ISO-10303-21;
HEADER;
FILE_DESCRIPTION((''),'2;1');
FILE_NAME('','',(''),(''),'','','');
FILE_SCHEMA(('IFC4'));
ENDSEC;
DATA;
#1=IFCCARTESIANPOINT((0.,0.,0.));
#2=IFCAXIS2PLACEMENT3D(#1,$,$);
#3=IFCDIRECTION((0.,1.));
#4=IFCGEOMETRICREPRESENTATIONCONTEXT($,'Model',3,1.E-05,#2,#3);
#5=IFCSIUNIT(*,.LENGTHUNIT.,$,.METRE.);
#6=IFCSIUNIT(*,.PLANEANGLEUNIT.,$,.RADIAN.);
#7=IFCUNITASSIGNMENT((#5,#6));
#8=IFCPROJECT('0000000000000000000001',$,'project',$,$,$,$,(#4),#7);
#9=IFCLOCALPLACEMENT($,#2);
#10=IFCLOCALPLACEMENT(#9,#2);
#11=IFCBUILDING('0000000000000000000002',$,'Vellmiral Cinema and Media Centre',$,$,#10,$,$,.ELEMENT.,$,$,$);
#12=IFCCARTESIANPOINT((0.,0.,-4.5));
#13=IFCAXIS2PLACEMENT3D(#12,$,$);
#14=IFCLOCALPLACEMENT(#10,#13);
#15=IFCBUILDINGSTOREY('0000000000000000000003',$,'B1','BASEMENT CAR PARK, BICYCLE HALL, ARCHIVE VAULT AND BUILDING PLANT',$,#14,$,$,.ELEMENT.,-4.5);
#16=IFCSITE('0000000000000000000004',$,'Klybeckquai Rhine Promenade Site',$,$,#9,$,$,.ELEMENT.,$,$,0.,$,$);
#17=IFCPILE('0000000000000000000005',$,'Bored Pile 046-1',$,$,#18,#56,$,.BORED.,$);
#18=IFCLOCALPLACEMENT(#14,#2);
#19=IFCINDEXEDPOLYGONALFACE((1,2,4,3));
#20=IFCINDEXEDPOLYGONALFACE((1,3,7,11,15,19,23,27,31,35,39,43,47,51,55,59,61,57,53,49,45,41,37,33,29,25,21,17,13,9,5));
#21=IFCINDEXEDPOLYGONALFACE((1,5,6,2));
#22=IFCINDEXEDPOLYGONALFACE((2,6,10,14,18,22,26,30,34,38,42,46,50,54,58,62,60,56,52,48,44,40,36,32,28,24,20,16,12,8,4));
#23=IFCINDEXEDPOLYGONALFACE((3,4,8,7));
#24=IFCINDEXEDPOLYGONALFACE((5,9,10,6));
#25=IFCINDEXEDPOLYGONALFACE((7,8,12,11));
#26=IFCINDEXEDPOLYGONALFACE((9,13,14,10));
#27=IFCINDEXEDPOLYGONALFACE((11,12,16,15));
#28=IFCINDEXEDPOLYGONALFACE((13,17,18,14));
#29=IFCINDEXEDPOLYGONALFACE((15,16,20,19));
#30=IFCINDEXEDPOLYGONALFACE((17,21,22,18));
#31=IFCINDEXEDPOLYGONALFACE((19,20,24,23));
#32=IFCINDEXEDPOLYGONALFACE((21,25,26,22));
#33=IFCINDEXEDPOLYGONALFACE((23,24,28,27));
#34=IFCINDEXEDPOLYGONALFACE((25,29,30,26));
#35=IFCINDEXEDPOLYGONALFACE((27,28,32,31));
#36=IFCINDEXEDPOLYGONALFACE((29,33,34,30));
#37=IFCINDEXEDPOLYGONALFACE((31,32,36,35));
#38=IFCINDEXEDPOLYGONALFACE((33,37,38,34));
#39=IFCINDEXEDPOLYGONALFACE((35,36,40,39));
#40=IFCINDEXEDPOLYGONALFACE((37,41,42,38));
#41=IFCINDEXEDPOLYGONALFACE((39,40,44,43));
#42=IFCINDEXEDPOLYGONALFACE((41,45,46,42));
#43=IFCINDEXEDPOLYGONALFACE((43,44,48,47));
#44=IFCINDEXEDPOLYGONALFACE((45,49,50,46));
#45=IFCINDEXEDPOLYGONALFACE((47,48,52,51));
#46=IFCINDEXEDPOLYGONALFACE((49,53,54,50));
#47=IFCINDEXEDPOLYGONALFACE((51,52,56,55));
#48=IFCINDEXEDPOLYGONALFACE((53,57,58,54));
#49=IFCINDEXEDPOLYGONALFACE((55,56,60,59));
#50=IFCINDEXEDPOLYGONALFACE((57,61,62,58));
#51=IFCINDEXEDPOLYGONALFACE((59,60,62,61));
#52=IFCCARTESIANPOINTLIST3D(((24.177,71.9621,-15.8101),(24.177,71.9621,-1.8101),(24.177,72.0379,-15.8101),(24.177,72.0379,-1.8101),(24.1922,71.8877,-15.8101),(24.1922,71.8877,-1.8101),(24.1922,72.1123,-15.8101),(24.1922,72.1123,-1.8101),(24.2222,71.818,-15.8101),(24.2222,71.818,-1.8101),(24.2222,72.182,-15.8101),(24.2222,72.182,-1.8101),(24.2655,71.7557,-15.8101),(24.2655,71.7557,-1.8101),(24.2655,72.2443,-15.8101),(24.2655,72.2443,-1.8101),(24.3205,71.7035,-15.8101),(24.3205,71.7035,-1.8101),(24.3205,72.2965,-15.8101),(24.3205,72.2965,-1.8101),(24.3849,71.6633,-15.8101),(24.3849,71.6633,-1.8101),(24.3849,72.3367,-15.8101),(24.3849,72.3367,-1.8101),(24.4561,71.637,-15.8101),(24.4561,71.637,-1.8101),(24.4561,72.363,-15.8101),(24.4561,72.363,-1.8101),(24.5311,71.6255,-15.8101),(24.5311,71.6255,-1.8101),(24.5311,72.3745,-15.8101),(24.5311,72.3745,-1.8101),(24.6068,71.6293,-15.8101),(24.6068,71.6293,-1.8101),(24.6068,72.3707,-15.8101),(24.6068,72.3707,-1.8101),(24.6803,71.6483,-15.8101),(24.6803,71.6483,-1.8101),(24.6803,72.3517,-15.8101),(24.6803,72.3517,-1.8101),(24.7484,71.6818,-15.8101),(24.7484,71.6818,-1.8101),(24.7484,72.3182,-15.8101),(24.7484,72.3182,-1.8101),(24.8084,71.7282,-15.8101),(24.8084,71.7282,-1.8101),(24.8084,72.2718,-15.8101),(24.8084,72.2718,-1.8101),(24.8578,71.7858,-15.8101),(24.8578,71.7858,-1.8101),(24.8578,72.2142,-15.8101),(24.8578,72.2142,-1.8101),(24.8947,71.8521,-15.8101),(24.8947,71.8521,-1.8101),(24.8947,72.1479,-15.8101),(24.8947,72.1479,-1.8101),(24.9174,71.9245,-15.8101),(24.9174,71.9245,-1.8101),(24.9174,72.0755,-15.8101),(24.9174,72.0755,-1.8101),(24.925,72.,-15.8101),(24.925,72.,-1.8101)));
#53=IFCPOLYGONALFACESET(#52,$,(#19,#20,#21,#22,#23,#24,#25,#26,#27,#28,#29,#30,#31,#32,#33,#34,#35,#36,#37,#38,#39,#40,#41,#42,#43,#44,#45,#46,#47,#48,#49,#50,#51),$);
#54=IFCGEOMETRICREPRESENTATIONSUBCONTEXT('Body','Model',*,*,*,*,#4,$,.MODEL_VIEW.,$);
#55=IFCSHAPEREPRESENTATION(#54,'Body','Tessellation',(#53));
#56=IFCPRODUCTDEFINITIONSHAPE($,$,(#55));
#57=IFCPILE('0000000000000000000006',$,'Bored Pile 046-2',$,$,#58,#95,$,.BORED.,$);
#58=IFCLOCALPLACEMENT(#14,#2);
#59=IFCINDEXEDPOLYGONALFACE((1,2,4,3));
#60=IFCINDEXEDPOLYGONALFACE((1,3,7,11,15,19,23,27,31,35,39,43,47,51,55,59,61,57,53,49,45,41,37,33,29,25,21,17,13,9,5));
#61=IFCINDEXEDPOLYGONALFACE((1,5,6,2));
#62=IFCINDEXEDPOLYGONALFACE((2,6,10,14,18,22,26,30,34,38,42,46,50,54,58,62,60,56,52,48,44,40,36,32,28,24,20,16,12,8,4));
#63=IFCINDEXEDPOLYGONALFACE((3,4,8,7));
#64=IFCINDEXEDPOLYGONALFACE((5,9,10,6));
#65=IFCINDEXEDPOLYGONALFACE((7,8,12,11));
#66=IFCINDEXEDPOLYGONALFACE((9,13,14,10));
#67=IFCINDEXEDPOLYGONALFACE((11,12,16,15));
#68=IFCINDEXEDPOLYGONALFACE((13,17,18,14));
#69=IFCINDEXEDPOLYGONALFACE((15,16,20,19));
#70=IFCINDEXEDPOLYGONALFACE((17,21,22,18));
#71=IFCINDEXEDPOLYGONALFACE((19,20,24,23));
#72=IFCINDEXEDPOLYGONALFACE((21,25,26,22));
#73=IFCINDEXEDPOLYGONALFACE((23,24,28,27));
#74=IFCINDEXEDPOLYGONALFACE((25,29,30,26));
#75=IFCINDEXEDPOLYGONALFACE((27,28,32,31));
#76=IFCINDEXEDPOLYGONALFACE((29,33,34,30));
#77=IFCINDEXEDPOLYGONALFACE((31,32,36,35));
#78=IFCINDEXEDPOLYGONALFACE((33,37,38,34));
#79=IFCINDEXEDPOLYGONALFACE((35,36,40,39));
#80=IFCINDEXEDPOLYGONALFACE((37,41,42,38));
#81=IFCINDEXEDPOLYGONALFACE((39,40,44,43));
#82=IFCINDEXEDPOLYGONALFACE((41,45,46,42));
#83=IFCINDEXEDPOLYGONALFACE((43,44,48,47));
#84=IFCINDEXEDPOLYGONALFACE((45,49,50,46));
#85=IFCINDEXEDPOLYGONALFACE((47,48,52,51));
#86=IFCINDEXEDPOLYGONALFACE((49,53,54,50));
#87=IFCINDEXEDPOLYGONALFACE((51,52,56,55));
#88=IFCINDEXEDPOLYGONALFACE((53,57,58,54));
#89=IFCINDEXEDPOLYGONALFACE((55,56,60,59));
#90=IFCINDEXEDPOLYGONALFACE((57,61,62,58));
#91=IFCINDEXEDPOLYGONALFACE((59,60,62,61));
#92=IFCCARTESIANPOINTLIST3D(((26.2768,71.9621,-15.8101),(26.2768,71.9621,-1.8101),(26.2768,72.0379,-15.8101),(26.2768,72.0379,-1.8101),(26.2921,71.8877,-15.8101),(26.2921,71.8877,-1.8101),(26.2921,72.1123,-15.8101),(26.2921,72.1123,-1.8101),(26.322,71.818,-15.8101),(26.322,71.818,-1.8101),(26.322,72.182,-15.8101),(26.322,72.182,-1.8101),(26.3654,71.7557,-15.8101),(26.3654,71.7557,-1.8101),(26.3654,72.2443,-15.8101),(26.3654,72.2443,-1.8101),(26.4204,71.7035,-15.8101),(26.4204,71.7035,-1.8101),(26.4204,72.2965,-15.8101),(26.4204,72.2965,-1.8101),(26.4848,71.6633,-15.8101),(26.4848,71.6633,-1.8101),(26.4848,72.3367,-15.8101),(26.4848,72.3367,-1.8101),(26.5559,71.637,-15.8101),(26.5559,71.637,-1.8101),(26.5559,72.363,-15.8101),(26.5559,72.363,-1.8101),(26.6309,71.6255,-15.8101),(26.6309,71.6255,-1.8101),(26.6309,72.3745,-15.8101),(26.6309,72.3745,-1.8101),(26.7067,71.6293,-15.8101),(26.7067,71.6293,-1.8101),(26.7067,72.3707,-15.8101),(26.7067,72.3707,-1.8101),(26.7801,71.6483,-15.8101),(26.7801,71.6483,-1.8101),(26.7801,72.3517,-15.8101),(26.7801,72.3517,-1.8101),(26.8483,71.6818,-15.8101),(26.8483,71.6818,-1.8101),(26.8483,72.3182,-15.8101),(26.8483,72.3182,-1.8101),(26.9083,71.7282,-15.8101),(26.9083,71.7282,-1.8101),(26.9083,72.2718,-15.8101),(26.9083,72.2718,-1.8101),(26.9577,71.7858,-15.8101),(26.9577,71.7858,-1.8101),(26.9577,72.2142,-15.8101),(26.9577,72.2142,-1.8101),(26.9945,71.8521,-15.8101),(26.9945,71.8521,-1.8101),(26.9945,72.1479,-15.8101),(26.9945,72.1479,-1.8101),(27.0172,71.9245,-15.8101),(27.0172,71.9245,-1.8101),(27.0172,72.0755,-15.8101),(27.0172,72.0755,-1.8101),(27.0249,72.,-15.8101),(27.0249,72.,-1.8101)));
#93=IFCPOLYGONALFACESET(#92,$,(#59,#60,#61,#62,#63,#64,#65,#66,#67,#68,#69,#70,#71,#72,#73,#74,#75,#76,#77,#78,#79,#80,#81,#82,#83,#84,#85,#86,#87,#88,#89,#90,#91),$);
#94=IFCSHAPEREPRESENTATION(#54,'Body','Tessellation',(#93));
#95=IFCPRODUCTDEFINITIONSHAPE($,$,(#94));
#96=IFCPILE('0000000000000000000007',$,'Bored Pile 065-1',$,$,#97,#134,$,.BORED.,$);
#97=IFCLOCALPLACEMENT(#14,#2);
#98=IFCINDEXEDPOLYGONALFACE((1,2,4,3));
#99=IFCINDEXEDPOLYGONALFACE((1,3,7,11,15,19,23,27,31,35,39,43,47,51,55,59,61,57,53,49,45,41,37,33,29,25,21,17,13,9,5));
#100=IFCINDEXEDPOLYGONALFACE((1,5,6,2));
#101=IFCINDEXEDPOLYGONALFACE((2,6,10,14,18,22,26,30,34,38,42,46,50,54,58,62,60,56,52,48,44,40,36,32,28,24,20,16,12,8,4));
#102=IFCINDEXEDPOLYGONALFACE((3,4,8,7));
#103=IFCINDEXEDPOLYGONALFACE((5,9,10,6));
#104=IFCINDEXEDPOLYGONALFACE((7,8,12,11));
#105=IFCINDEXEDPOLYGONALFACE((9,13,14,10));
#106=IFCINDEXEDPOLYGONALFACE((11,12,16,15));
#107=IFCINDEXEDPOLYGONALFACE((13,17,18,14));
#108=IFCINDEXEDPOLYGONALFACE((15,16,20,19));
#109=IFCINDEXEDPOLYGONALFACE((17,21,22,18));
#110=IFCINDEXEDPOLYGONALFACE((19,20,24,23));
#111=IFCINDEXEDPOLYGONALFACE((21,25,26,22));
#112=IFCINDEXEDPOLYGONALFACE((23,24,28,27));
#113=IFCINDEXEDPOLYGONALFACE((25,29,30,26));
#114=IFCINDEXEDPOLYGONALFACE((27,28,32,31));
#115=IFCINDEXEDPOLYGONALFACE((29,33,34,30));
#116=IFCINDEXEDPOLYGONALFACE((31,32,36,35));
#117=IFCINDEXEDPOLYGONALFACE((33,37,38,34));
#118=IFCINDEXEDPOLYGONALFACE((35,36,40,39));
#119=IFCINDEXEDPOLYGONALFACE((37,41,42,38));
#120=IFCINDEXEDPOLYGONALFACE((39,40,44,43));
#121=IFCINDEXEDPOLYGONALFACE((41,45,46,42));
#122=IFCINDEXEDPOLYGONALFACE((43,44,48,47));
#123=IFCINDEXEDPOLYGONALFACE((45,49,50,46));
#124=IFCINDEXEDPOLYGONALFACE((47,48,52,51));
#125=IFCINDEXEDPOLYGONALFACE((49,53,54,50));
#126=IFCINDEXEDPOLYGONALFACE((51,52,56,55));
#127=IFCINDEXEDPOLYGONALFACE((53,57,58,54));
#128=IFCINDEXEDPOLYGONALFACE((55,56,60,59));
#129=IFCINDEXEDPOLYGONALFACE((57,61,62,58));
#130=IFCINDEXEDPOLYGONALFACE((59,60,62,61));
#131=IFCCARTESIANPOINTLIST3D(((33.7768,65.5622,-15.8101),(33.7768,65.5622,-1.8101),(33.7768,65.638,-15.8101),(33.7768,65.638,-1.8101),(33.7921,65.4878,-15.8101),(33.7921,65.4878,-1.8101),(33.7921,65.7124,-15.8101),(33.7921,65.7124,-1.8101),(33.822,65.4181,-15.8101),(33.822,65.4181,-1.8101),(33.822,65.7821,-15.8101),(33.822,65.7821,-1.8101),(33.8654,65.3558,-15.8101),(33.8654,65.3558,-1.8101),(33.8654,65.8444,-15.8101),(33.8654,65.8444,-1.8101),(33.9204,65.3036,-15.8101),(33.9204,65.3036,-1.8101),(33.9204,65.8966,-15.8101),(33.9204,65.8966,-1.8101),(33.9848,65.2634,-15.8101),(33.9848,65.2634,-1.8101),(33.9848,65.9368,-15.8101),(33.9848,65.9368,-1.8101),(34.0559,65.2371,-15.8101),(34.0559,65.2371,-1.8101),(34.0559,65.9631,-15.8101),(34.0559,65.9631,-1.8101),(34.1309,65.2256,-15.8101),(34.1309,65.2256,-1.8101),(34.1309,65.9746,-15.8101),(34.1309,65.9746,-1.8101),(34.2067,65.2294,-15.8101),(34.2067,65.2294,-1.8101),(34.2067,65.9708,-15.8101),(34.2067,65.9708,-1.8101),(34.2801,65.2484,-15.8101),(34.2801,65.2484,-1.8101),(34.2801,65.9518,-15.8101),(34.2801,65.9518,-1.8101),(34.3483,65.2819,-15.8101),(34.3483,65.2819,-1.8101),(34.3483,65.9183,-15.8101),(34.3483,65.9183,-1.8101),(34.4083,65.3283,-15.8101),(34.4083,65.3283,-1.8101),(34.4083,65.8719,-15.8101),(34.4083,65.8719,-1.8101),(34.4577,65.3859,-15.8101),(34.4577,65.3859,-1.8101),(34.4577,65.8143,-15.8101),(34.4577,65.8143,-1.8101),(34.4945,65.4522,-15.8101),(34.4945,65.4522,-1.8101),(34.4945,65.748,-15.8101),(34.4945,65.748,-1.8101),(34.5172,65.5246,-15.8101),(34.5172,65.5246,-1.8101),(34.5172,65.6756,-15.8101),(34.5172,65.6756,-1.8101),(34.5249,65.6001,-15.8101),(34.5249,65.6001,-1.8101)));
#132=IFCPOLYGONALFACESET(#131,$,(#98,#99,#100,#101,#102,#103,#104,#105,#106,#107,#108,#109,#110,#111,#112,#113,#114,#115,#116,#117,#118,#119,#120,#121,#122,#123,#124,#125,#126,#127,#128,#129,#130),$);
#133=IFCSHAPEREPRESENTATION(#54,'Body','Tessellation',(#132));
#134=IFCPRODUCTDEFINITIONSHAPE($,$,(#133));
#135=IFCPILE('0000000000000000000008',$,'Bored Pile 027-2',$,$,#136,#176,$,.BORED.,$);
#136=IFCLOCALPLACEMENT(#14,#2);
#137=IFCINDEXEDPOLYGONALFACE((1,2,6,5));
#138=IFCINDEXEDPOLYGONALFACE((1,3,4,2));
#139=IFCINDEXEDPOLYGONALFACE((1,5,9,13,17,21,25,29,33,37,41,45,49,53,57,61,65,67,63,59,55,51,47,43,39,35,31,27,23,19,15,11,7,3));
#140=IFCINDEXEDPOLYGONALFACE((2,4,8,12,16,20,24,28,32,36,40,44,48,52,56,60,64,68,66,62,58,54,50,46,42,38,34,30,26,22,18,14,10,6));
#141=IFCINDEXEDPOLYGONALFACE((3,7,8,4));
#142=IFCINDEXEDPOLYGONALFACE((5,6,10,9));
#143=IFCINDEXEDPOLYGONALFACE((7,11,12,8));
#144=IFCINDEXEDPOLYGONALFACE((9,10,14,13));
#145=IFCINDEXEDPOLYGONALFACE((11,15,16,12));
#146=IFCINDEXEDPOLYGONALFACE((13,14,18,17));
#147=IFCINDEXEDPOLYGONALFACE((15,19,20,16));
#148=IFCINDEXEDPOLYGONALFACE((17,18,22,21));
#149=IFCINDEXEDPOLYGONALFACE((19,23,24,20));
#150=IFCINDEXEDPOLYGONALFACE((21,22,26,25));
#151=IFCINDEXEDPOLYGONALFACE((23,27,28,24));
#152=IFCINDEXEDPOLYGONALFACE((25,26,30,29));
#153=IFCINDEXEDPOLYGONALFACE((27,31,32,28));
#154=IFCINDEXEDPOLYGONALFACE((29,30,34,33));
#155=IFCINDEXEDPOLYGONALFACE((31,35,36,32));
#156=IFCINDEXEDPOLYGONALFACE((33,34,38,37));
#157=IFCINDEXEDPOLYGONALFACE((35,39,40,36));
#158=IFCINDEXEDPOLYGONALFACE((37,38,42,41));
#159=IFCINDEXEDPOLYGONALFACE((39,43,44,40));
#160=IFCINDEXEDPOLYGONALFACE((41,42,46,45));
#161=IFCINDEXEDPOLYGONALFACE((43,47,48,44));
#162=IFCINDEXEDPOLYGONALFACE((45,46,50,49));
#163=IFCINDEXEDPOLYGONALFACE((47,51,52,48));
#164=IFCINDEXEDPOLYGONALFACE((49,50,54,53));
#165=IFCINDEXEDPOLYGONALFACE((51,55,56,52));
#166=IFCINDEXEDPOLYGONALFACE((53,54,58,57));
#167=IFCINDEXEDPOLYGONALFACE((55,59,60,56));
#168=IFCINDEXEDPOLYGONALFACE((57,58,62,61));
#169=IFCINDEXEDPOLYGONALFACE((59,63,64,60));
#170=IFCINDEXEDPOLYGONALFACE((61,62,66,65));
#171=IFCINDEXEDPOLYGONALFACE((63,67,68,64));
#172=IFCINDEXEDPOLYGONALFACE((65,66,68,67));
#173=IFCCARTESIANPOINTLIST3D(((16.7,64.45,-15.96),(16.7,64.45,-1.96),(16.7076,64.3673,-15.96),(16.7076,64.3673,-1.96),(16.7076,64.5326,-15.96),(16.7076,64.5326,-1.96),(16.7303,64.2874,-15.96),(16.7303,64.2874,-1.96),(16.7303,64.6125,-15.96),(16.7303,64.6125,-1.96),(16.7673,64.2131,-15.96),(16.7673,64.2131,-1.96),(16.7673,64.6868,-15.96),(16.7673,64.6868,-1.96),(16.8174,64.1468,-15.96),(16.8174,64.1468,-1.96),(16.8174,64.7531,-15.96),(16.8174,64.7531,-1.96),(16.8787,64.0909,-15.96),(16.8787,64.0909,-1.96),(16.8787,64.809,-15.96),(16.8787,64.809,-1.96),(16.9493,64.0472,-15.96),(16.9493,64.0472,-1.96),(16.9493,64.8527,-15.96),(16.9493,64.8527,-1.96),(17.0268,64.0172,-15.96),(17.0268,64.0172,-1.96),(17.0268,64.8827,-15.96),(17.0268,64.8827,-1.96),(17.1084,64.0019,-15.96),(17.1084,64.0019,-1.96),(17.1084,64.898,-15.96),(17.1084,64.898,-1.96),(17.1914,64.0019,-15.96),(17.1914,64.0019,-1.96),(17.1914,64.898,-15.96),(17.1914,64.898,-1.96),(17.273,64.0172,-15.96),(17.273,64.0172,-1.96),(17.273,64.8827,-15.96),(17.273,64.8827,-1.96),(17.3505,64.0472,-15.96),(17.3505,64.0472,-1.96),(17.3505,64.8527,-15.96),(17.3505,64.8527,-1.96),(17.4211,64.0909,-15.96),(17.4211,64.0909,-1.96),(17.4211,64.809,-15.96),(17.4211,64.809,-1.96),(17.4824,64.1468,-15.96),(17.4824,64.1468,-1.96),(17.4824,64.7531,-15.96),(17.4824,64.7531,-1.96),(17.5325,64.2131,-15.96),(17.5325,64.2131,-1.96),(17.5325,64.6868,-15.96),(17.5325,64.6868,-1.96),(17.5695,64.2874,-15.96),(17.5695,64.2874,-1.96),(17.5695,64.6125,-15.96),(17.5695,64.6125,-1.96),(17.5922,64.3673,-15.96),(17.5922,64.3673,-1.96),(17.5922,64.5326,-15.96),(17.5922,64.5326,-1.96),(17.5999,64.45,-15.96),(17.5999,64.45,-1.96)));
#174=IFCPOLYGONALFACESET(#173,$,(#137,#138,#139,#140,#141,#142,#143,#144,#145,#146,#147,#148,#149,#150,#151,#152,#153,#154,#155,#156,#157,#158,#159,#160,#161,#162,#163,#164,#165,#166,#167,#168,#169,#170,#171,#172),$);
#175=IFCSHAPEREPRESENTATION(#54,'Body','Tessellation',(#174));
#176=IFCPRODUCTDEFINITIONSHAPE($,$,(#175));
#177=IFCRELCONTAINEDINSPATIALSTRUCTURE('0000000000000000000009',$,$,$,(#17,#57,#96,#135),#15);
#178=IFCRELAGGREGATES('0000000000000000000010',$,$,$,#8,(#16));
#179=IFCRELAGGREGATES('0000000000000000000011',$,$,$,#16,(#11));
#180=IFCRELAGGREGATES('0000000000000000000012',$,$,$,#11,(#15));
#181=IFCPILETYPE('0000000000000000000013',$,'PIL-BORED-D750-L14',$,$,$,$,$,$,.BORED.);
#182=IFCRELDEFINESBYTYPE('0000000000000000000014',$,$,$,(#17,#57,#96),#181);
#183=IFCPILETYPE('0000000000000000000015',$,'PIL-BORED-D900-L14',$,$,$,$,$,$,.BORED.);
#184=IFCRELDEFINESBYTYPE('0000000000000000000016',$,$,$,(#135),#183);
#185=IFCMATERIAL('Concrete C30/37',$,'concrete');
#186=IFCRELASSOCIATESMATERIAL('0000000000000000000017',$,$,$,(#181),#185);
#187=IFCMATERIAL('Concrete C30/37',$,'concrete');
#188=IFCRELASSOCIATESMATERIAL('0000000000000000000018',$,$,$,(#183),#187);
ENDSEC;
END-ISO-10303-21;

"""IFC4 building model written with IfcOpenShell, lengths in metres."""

from ifc_helpers import new_model, si_unit, direction, frame, origin, origin_2d, place, context, subcontext, project, spatial, circle, extrude, material, material_profile, profile_set, type_object, element, save


model = new_model("IFC4")

# Units and contexts
model_context = context("Model", 3, precision=1e-05, world=origin(), true_north=direction((0.0, 1.0)))
body_context = subcontext(model_context, "Body", "Model", "MODEL_VIEW")
ifc_project = project(units=[si_unit("LENGTHUNIT", "METRE"), si_unit("PLANEANGLEUNIT", "RADIAN")], contexts=[model_context])

# Site, building, storey
site_placement = place(None, origin())
site = spatial("IfcSite", under=ifc_project, at=site_placement, Name="Klybeckquai Rhine Promenade Site", CompositionType="ELEMENT", RefElevation=0.0)
building_placement = place(site_placement, origin())
building = spatial("IfcBuilding", under=site, at=building_placement, Name="Vellmiral Cinema and Media Centre", CompositionType="ELEMENT")
storey_placement = place(building_placement, frame((0.0, 0.0, -4.5)))
storey = spatial("IfcBuildingStorey", under=building, at=storey_placement, Name="B1", Description="BASEMENT CAR PARK, BICYCLE HALL, ARCHIVE VAULT AND BUILDING PLANT", CompositionType="ELEMENT", Elevation=-4.5)

# Piles
ifc_material_1 = material(Name="Concrete C30/37", Category="concrete")
ifc_material_profile_1 = material_profile(ifc_material_1, circle(Radius=0.375, at=origin_2d()), Name="PILE D750")
ifc_profile_set_1 = profile_set([ifc_material_profile_1], Name="Concrete C30/37")
pile_type_1 = type_object("IfcPileType", Name="PIL-BORED-D750-L14", PredefinedType="BORED", material=ifc_profile_set_1)
for number, where, z_axis, x_axis, name in (
    (1, (24.55, 72.0, -1.8101), (0.0, 0.0, -1.0), (1.0, 0.0, 0.0), "Bored Pile 046-1"),
    (2, (26.6499, 72.0, -1.8101), (0.0, 0.0, -1.0), (1.0, 0.0, 0.0), "Bored Pile 046-2"),
    (3, (34.1499, 65.6001, -1.8101), (0.0, 0.0, -1.0), (1.0, 0.0, 0.0), "Bored Pile 065-1"),
):
    element("IfcPile", number, at=place(storey_placement, frame(where, z_axis=z_axis, x_axis=x_axis)), inside=storey, type_object=pile_type_1, Name=name, PredefinedType="BORED", context=body_context, shape_type="SweptSolid", body=[
        extrude(circle(Radius=0.375, at=origin_2d()), origin(), (0.0, 0.0, 1.0), 14.0),
    ])
ifc_material_2 = material(Name="Concrete C30/37", Category="concrete")
ifc_material_profile_2 = material_profile(ifc_material_2, circle(Radius=0.45, at=origin_2d()), Name="PILE D900")
ifc_profile_set_2 = profile_set([ifc_material_profile_2], Name="Concrete C30/37")
pile_type_2 = type_object("IfcPileType", Name="PIL-BORED-D900-L14", PredefinedType="BORED", material=ifc_profile_set_2)
for number, where, z_axis, x_axis, name in (
    (4, (17.1499, 64.45, -1.96), (0.0, 0.0, -1.0), (1.0, 0.0, 0.0), "Bored Pile 027-2"),
):
    element("IfcPile", number, at=place(storey_placement, frame(where, z_axis=z_axis, x_axis=x_axis)), inside=storey, type_object=pile_type_2, Name=name, PredefinedType="BORED", context=body_context, shape_type="SweptSolid", body=[
        extrude(circle(Radius=0.45, at=origin_2d()), origin(), (0.0, 0.0, 1.0), 14.0),
    ])

save(model, "model.ifc")
